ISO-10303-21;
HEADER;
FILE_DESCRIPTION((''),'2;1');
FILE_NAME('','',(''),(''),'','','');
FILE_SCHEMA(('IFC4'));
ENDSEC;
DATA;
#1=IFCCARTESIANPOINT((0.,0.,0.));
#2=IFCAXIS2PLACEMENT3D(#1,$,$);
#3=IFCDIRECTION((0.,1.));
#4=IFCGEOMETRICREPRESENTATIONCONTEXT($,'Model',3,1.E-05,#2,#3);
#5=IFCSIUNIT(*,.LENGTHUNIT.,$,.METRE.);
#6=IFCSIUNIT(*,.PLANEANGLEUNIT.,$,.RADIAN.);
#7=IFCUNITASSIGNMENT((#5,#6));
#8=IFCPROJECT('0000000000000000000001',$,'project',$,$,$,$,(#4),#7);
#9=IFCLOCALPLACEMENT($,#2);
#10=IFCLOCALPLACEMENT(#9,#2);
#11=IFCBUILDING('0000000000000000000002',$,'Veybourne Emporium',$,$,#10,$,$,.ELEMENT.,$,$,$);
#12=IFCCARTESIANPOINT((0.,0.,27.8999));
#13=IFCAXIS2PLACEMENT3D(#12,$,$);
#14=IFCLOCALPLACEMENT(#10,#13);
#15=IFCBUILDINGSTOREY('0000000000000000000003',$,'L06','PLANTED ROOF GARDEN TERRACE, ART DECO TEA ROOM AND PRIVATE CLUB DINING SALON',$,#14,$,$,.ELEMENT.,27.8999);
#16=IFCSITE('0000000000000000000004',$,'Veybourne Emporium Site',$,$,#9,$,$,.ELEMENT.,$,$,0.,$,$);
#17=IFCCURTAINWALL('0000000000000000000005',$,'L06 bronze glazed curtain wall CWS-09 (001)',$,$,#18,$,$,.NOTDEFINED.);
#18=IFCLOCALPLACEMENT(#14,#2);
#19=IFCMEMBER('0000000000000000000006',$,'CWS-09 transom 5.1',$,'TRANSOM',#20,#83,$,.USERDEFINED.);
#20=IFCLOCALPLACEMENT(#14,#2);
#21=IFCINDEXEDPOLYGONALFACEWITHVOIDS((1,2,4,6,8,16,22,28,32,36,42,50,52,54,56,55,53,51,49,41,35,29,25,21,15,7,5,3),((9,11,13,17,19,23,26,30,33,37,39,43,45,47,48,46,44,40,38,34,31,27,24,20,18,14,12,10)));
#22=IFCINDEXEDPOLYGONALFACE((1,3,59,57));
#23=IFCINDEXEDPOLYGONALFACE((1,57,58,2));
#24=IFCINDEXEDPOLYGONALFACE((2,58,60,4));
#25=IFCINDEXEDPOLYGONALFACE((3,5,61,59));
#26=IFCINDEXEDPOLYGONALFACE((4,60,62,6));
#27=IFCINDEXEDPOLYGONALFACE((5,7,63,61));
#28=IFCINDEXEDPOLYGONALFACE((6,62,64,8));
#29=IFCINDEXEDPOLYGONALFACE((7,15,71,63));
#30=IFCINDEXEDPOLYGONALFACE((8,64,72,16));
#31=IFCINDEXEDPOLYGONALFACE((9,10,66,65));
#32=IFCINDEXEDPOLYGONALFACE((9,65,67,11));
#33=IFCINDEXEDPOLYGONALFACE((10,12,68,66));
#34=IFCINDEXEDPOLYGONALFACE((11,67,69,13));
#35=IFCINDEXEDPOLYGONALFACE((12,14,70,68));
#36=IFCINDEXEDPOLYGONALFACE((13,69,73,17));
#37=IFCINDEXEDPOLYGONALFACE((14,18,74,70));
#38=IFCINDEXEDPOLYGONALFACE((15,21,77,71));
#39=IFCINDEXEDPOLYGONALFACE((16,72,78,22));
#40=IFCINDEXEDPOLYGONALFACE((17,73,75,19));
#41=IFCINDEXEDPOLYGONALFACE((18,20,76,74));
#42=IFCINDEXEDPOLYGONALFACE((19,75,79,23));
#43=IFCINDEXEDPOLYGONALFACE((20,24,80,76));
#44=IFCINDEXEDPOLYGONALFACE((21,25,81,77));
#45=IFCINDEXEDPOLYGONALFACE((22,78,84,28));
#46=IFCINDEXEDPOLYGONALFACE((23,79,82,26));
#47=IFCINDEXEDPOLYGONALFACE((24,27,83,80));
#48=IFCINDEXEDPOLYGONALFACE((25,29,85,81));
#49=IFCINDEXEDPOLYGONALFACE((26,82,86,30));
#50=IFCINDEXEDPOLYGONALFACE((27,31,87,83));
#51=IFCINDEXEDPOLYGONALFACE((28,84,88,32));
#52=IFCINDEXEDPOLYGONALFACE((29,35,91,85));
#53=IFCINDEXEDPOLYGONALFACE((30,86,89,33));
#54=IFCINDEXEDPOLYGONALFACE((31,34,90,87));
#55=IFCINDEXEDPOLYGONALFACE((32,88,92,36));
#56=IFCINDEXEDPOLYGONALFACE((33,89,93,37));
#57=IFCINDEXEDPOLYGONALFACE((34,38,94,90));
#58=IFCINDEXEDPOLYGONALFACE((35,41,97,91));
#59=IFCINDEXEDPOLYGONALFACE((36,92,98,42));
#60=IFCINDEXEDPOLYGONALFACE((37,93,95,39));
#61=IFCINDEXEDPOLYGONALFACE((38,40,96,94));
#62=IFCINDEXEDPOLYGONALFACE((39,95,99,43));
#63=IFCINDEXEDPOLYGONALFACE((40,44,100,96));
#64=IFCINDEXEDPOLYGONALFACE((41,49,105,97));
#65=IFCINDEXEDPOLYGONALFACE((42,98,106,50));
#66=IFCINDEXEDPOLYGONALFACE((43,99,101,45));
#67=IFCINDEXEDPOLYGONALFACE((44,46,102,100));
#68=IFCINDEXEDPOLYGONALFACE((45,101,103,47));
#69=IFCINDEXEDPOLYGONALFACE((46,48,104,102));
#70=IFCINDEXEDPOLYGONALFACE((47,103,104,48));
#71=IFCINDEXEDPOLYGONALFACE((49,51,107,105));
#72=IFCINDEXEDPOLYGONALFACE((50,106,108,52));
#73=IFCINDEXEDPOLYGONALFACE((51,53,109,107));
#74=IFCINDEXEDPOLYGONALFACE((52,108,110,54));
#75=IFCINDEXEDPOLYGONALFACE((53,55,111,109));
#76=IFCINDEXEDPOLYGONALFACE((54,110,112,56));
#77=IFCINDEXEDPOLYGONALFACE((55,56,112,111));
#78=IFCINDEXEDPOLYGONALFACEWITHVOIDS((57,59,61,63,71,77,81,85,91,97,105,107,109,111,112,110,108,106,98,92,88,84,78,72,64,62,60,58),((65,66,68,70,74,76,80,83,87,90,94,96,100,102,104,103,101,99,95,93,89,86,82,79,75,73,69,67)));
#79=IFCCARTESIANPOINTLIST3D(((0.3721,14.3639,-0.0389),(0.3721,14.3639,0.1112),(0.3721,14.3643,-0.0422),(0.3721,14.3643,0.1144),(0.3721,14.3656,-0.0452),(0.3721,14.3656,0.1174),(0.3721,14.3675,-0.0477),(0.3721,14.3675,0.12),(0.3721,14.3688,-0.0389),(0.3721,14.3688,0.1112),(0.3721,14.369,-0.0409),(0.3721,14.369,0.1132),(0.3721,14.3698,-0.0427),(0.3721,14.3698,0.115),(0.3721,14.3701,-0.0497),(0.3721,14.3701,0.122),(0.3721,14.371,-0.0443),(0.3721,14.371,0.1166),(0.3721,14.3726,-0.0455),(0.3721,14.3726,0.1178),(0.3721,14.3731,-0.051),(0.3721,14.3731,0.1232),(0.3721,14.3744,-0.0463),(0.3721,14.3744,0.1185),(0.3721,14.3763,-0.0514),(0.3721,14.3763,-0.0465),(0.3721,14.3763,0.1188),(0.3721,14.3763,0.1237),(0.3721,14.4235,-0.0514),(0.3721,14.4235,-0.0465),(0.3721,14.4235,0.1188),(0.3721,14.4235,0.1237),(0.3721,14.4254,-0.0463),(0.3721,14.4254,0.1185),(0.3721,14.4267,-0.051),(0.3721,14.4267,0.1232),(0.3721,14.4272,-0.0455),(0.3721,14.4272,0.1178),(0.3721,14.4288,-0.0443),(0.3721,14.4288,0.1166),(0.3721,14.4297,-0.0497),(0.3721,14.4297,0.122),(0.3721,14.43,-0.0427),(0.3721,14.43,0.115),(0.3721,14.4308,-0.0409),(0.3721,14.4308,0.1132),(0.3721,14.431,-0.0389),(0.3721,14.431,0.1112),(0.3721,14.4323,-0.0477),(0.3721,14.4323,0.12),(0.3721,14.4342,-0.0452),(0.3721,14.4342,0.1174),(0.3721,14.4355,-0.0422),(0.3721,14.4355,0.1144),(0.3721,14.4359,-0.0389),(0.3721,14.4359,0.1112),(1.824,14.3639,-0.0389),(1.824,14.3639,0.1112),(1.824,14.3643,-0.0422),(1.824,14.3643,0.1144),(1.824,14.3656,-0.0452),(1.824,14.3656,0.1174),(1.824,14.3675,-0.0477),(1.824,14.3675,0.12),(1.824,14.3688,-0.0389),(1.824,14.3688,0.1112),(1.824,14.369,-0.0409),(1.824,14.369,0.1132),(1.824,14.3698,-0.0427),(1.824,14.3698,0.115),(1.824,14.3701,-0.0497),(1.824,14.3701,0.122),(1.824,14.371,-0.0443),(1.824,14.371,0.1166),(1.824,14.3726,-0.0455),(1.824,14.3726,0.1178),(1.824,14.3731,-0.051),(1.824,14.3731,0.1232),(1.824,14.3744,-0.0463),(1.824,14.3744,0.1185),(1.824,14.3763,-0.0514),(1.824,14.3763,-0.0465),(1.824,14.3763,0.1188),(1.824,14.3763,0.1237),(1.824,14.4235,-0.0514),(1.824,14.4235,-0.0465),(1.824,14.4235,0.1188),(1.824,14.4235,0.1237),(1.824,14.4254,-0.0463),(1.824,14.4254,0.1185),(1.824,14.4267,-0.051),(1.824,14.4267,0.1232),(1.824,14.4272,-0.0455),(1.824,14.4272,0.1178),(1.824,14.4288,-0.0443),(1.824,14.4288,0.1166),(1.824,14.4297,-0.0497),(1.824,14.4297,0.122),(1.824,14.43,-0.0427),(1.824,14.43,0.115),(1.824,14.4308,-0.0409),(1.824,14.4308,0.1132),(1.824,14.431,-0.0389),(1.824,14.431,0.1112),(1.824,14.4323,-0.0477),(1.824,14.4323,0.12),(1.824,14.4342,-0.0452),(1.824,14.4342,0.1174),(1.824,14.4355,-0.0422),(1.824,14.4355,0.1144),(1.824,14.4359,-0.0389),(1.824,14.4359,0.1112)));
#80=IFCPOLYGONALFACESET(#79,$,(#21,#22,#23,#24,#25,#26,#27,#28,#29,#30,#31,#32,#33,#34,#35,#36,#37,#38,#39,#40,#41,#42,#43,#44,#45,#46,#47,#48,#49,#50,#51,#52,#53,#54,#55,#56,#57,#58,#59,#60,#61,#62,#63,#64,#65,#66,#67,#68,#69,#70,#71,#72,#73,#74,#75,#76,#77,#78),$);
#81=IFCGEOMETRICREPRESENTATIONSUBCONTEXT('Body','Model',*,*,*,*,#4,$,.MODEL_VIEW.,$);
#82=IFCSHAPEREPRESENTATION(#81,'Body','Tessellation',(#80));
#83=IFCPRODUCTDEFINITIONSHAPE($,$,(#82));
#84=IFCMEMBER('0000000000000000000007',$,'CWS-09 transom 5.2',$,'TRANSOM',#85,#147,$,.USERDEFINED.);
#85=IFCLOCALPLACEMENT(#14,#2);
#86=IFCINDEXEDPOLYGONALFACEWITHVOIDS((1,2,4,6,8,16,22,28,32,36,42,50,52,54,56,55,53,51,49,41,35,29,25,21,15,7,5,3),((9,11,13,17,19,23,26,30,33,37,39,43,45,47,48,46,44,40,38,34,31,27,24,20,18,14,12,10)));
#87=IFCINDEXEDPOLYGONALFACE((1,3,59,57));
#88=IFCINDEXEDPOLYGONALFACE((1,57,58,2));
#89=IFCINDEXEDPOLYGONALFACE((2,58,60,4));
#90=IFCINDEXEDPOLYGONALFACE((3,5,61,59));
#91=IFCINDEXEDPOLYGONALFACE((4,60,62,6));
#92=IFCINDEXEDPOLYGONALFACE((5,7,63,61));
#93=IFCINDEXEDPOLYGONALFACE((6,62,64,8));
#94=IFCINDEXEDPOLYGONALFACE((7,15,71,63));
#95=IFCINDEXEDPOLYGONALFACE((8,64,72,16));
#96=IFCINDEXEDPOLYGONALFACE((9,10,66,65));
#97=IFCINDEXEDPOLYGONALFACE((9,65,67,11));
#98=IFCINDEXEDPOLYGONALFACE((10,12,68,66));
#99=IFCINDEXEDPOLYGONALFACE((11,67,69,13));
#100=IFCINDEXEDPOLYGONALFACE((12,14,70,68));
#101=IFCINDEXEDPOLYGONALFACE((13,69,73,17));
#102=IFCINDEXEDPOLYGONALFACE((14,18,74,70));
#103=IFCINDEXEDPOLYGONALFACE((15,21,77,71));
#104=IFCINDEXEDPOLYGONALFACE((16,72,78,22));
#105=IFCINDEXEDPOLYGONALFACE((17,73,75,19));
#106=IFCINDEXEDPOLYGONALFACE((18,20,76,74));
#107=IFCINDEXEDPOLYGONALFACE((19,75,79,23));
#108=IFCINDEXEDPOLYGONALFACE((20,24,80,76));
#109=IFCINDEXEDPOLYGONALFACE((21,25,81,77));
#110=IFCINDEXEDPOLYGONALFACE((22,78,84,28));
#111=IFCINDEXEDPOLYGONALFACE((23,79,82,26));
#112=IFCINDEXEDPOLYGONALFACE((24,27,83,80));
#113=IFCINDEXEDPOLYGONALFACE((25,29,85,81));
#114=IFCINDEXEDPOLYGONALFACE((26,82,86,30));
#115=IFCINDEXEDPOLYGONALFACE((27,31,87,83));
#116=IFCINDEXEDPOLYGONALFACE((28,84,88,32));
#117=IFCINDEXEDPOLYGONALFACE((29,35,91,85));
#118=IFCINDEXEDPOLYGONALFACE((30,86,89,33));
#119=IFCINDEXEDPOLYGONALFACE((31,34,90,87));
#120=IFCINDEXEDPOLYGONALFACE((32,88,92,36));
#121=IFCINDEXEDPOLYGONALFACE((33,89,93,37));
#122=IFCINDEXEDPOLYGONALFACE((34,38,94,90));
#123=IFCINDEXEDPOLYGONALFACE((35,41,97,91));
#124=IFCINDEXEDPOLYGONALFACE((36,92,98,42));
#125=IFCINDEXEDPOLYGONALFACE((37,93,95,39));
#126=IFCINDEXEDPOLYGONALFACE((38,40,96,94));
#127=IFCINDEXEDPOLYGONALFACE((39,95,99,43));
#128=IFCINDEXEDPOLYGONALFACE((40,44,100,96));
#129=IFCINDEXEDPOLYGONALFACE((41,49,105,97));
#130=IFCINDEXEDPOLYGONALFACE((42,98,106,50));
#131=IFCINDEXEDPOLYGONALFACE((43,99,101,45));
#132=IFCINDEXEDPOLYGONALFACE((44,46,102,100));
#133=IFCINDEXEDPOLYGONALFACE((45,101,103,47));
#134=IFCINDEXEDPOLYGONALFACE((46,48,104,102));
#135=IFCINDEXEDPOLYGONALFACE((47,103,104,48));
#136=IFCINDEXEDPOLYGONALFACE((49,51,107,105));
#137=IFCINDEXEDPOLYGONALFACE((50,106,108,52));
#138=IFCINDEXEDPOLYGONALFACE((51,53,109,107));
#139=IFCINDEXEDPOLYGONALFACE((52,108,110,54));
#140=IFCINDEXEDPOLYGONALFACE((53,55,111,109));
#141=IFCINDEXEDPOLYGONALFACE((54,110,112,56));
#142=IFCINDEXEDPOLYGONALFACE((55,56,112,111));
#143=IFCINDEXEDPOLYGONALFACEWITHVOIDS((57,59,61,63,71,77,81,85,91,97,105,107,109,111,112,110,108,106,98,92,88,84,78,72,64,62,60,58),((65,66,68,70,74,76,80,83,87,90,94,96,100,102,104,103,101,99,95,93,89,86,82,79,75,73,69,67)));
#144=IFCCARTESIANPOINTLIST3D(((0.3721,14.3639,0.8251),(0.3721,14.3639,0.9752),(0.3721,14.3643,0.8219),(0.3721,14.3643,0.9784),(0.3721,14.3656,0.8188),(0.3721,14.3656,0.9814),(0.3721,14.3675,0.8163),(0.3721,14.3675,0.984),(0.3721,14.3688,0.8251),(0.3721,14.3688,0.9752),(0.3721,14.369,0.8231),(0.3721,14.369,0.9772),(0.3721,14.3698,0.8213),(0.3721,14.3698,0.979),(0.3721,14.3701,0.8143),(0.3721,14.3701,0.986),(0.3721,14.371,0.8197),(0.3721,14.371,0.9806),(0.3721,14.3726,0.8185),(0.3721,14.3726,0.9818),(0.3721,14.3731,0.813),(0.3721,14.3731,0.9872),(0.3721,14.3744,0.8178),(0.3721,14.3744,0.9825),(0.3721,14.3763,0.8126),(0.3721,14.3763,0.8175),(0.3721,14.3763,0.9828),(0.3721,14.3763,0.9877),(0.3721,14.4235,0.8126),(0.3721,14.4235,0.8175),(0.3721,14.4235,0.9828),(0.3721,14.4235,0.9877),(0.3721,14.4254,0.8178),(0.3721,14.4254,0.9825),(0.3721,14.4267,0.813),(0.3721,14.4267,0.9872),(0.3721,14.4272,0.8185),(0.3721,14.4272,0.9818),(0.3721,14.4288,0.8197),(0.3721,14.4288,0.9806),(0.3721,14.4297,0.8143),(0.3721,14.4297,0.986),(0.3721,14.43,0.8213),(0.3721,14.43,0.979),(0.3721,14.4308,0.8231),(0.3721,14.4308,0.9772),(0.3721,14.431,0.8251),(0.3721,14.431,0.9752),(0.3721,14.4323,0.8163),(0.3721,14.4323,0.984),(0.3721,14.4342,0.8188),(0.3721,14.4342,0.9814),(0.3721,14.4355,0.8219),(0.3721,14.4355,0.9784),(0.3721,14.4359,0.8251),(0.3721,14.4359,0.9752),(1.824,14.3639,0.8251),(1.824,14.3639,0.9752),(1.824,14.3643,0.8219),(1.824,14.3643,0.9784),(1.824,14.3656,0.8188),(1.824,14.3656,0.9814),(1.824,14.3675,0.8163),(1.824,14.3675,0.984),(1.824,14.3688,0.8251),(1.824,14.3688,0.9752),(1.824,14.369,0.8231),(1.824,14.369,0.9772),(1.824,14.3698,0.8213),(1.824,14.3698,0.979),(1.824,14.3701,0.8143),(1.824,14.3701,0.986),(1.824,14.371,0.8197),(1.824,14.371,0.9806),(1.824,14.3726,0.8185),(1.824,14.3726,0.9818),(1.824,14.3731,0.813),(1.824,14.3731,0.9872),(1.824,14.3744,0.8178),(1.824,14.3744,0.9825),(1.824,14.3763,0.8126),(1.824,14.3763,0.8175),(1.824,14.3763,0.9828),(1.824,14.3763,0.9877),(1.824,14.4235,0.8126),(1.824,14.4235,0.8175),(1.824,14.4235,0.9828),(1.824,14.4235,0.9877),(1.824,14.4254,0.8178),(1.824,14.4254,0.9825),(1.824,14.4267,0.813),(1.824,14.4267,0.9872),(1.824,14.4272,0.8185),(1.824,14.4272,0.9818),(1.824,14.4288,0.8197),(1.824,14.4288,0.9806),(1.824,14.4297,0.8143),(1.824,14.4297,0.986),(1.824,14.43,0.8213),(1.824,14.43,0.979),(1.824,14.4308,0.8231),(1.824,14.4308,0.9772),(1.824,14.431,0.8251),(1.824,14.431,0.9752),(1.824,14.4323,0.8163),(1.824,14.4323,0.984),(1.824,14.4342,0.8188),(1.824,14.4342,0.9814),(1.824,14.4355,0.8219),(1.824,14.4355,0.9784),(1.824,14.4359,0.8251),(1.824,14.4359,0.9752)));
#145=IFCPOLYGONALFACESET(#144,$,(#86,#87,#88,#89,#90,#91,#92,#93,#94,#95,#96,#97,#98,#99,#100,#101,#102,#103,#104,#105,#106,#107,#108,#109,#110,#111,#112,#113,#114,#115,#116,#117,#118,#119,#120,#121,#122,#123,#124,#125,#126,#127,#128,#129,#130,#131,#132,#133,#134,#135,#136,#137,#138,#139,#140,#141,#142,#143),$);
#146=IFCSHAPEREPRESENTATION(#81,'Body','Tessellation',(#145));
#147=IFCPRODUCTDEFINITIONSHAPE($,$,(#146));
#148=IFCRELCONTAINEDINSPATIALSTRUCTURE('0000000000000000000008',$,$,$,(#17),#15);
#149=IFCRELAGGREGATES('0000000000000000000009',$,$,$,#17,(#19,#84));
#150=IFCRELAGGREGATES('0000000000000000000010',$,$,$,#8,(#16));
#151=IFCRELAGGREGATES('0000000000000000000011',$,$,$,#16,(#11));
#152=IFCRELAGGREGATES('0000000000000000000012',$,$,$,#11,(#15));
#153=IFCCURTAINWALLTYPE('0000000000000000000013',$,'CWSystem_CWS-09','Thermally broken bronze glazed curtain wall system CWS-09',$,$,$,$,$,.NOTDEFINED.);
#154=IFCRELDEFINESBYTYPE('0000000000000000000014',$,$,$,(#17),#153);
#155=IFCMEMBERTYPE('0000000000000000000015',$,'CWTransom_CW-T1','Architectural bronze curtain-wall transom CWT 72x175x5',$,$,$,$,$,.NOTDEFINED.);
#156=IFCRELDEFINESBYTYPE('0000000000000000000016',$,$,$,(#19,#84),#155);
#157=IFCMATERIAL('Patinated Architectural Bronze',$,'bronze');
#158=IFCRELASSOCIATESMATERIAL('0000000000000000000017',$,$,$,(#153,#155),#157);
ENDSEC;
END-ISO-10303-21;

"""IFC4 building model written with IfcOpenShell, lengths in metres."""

from ifc_helpers import new_model, si_unit, direction, frame, origin, origin_2d, place, context, subcontext, project, spatial, hollow_rectangle, extrude, material, material_profile, profile_set, type_object, element, aggregate, save


model = new_model("IFC4")

# Units and contexts
model_context = context("Model", 3, precision=1e-05, world=origin(), true_north=direction((0.0, 1.0)))
body_context = subcontext(model_context, "Body", "Model", "MODEL_VIEW")
ifc_project = project(units=[si_unit("LENGTHUNIT", "METRE"), si_unit("PLANEANGLEUNIT", "RADIAN")], contexts=[model_context])

# Site, building, storey
site_placement = place(None, origin())
site = spatial("IfcSite", under=ifc_project, at=site_placement, Name="Veybourne Emporium Site", CompositionType="ELEMENT", RefElevation=0.0)
building_placement = place(site_placement, origin())
building = spatial("IfcBuilding", under=site, at=building_placement, Name="Veybourne Emporium", CompositionType="ELEMENT")
storey_placement = place(building_placement, frame((0.0, 0.0, 27.8999)))
storey = spatial("IfcBuildingStorey", under=building, at=storey_placement, Name="L06", Description="PLANTED ROOF GARDEN TERRACE, ART DECO TEA ROOM AND PRIVATE CLUB DINING SALON", CompositionType="ELEMENT", Elevation=27.8999)

# Curtain wall, members
ifc_material_1 = material(Name="Patinated Architectural Bronze", Category="bronze")
curtain_wall_type = type_object("IfcCurtainWallType", Name="CWSystem_CWS-09", Description="Thermally broken bronze glazed curtain wall system CWS-09", PredefinedType="NOTDEFINED", material=ifc_material_1)
curtain_wall_placement = place(storey_placement, origin())
curtain_wall = element("IfcCurtainWall", 1, at=curtain_wall_placement, inside=storey, type_object=curtain_wall_type, Name="L06 bronze glazed curtain wall CWS-09 (001)", PredefinedType="NOTDEFINED")
ifc_material_profile_1 = material_profile(ifc_material_1, hollow_rectangle(XDim=0.072, YDim=0.175, WallThickness=0.0049, InnerFilletRadius=0.0076, OuterFilletRadius=0.0125, at=origin_2d()), Name="CWT 72x175x5")
ifc_profile_set_1 = profile_set([ifc_material_profile_1], Name="Patinated Architectural Bronze")
member_type_1 = type_object("IfcMemberType", Name="CWTransom_CW-T1", Description="Architectural bronze curtain-wall transom CWT 72x175x5", PredefinedType="NOTDEFINED", material=ifc_profile_set_1)
member_1_placement = place(storey_placement, frame((1.824, 14.3999, 0.0361), z_axis=(-1.0, 0.0, 0.0), x_axis=(0.0, -1.0, 0.0)))
member_1 = element("IfcMember", 2, at=member_1_placement, type_object=member_type_1, Name="CWS-09 transom 5.1", ObjectType="TRANSOM", PredefinedType="USERDEFINED", context=body_context, shape_type="SweptSolid", body=[
    extrude(hollow_rectangle(XDim=0.072, YDim=0.175, WallThickness=0.0049, InnerFilletRadius=0.0076, OuterFilletRadius=0.0125, at=origin_2d()), origin(), (0.0, 0.0, 1.0), 1.4519),
])
member_2_placement = place(storey_placement, frame((1.824, 14.3999, 0.9001), z_axis=(-1.0, 0.0, 0.0), x_axis=(0.0, -1.0, 0.0)))
member_2 = element("IfcMember", 3, at=member_2_placement, type_object=member_type_1, Name="CWS-09 transom 5.2", ObjectType="TRANSOM", PredefinedType="USERDEFINED", context=body_context, shape_type="SweptSolid", body=[
    extrude(hollow_rectangle(XDim=0.072, YDim=0.175, WallThickness=0.0049, InnerFilletRadius=0.0076, OuterFilletRadius=0.0125, at=origin_2d()), origin(), (0.0, 0.0, 1.0), 1.4519),
])

aggregate(curtain_wall, [member_1, member_2])

save(model, "model.ifc")
